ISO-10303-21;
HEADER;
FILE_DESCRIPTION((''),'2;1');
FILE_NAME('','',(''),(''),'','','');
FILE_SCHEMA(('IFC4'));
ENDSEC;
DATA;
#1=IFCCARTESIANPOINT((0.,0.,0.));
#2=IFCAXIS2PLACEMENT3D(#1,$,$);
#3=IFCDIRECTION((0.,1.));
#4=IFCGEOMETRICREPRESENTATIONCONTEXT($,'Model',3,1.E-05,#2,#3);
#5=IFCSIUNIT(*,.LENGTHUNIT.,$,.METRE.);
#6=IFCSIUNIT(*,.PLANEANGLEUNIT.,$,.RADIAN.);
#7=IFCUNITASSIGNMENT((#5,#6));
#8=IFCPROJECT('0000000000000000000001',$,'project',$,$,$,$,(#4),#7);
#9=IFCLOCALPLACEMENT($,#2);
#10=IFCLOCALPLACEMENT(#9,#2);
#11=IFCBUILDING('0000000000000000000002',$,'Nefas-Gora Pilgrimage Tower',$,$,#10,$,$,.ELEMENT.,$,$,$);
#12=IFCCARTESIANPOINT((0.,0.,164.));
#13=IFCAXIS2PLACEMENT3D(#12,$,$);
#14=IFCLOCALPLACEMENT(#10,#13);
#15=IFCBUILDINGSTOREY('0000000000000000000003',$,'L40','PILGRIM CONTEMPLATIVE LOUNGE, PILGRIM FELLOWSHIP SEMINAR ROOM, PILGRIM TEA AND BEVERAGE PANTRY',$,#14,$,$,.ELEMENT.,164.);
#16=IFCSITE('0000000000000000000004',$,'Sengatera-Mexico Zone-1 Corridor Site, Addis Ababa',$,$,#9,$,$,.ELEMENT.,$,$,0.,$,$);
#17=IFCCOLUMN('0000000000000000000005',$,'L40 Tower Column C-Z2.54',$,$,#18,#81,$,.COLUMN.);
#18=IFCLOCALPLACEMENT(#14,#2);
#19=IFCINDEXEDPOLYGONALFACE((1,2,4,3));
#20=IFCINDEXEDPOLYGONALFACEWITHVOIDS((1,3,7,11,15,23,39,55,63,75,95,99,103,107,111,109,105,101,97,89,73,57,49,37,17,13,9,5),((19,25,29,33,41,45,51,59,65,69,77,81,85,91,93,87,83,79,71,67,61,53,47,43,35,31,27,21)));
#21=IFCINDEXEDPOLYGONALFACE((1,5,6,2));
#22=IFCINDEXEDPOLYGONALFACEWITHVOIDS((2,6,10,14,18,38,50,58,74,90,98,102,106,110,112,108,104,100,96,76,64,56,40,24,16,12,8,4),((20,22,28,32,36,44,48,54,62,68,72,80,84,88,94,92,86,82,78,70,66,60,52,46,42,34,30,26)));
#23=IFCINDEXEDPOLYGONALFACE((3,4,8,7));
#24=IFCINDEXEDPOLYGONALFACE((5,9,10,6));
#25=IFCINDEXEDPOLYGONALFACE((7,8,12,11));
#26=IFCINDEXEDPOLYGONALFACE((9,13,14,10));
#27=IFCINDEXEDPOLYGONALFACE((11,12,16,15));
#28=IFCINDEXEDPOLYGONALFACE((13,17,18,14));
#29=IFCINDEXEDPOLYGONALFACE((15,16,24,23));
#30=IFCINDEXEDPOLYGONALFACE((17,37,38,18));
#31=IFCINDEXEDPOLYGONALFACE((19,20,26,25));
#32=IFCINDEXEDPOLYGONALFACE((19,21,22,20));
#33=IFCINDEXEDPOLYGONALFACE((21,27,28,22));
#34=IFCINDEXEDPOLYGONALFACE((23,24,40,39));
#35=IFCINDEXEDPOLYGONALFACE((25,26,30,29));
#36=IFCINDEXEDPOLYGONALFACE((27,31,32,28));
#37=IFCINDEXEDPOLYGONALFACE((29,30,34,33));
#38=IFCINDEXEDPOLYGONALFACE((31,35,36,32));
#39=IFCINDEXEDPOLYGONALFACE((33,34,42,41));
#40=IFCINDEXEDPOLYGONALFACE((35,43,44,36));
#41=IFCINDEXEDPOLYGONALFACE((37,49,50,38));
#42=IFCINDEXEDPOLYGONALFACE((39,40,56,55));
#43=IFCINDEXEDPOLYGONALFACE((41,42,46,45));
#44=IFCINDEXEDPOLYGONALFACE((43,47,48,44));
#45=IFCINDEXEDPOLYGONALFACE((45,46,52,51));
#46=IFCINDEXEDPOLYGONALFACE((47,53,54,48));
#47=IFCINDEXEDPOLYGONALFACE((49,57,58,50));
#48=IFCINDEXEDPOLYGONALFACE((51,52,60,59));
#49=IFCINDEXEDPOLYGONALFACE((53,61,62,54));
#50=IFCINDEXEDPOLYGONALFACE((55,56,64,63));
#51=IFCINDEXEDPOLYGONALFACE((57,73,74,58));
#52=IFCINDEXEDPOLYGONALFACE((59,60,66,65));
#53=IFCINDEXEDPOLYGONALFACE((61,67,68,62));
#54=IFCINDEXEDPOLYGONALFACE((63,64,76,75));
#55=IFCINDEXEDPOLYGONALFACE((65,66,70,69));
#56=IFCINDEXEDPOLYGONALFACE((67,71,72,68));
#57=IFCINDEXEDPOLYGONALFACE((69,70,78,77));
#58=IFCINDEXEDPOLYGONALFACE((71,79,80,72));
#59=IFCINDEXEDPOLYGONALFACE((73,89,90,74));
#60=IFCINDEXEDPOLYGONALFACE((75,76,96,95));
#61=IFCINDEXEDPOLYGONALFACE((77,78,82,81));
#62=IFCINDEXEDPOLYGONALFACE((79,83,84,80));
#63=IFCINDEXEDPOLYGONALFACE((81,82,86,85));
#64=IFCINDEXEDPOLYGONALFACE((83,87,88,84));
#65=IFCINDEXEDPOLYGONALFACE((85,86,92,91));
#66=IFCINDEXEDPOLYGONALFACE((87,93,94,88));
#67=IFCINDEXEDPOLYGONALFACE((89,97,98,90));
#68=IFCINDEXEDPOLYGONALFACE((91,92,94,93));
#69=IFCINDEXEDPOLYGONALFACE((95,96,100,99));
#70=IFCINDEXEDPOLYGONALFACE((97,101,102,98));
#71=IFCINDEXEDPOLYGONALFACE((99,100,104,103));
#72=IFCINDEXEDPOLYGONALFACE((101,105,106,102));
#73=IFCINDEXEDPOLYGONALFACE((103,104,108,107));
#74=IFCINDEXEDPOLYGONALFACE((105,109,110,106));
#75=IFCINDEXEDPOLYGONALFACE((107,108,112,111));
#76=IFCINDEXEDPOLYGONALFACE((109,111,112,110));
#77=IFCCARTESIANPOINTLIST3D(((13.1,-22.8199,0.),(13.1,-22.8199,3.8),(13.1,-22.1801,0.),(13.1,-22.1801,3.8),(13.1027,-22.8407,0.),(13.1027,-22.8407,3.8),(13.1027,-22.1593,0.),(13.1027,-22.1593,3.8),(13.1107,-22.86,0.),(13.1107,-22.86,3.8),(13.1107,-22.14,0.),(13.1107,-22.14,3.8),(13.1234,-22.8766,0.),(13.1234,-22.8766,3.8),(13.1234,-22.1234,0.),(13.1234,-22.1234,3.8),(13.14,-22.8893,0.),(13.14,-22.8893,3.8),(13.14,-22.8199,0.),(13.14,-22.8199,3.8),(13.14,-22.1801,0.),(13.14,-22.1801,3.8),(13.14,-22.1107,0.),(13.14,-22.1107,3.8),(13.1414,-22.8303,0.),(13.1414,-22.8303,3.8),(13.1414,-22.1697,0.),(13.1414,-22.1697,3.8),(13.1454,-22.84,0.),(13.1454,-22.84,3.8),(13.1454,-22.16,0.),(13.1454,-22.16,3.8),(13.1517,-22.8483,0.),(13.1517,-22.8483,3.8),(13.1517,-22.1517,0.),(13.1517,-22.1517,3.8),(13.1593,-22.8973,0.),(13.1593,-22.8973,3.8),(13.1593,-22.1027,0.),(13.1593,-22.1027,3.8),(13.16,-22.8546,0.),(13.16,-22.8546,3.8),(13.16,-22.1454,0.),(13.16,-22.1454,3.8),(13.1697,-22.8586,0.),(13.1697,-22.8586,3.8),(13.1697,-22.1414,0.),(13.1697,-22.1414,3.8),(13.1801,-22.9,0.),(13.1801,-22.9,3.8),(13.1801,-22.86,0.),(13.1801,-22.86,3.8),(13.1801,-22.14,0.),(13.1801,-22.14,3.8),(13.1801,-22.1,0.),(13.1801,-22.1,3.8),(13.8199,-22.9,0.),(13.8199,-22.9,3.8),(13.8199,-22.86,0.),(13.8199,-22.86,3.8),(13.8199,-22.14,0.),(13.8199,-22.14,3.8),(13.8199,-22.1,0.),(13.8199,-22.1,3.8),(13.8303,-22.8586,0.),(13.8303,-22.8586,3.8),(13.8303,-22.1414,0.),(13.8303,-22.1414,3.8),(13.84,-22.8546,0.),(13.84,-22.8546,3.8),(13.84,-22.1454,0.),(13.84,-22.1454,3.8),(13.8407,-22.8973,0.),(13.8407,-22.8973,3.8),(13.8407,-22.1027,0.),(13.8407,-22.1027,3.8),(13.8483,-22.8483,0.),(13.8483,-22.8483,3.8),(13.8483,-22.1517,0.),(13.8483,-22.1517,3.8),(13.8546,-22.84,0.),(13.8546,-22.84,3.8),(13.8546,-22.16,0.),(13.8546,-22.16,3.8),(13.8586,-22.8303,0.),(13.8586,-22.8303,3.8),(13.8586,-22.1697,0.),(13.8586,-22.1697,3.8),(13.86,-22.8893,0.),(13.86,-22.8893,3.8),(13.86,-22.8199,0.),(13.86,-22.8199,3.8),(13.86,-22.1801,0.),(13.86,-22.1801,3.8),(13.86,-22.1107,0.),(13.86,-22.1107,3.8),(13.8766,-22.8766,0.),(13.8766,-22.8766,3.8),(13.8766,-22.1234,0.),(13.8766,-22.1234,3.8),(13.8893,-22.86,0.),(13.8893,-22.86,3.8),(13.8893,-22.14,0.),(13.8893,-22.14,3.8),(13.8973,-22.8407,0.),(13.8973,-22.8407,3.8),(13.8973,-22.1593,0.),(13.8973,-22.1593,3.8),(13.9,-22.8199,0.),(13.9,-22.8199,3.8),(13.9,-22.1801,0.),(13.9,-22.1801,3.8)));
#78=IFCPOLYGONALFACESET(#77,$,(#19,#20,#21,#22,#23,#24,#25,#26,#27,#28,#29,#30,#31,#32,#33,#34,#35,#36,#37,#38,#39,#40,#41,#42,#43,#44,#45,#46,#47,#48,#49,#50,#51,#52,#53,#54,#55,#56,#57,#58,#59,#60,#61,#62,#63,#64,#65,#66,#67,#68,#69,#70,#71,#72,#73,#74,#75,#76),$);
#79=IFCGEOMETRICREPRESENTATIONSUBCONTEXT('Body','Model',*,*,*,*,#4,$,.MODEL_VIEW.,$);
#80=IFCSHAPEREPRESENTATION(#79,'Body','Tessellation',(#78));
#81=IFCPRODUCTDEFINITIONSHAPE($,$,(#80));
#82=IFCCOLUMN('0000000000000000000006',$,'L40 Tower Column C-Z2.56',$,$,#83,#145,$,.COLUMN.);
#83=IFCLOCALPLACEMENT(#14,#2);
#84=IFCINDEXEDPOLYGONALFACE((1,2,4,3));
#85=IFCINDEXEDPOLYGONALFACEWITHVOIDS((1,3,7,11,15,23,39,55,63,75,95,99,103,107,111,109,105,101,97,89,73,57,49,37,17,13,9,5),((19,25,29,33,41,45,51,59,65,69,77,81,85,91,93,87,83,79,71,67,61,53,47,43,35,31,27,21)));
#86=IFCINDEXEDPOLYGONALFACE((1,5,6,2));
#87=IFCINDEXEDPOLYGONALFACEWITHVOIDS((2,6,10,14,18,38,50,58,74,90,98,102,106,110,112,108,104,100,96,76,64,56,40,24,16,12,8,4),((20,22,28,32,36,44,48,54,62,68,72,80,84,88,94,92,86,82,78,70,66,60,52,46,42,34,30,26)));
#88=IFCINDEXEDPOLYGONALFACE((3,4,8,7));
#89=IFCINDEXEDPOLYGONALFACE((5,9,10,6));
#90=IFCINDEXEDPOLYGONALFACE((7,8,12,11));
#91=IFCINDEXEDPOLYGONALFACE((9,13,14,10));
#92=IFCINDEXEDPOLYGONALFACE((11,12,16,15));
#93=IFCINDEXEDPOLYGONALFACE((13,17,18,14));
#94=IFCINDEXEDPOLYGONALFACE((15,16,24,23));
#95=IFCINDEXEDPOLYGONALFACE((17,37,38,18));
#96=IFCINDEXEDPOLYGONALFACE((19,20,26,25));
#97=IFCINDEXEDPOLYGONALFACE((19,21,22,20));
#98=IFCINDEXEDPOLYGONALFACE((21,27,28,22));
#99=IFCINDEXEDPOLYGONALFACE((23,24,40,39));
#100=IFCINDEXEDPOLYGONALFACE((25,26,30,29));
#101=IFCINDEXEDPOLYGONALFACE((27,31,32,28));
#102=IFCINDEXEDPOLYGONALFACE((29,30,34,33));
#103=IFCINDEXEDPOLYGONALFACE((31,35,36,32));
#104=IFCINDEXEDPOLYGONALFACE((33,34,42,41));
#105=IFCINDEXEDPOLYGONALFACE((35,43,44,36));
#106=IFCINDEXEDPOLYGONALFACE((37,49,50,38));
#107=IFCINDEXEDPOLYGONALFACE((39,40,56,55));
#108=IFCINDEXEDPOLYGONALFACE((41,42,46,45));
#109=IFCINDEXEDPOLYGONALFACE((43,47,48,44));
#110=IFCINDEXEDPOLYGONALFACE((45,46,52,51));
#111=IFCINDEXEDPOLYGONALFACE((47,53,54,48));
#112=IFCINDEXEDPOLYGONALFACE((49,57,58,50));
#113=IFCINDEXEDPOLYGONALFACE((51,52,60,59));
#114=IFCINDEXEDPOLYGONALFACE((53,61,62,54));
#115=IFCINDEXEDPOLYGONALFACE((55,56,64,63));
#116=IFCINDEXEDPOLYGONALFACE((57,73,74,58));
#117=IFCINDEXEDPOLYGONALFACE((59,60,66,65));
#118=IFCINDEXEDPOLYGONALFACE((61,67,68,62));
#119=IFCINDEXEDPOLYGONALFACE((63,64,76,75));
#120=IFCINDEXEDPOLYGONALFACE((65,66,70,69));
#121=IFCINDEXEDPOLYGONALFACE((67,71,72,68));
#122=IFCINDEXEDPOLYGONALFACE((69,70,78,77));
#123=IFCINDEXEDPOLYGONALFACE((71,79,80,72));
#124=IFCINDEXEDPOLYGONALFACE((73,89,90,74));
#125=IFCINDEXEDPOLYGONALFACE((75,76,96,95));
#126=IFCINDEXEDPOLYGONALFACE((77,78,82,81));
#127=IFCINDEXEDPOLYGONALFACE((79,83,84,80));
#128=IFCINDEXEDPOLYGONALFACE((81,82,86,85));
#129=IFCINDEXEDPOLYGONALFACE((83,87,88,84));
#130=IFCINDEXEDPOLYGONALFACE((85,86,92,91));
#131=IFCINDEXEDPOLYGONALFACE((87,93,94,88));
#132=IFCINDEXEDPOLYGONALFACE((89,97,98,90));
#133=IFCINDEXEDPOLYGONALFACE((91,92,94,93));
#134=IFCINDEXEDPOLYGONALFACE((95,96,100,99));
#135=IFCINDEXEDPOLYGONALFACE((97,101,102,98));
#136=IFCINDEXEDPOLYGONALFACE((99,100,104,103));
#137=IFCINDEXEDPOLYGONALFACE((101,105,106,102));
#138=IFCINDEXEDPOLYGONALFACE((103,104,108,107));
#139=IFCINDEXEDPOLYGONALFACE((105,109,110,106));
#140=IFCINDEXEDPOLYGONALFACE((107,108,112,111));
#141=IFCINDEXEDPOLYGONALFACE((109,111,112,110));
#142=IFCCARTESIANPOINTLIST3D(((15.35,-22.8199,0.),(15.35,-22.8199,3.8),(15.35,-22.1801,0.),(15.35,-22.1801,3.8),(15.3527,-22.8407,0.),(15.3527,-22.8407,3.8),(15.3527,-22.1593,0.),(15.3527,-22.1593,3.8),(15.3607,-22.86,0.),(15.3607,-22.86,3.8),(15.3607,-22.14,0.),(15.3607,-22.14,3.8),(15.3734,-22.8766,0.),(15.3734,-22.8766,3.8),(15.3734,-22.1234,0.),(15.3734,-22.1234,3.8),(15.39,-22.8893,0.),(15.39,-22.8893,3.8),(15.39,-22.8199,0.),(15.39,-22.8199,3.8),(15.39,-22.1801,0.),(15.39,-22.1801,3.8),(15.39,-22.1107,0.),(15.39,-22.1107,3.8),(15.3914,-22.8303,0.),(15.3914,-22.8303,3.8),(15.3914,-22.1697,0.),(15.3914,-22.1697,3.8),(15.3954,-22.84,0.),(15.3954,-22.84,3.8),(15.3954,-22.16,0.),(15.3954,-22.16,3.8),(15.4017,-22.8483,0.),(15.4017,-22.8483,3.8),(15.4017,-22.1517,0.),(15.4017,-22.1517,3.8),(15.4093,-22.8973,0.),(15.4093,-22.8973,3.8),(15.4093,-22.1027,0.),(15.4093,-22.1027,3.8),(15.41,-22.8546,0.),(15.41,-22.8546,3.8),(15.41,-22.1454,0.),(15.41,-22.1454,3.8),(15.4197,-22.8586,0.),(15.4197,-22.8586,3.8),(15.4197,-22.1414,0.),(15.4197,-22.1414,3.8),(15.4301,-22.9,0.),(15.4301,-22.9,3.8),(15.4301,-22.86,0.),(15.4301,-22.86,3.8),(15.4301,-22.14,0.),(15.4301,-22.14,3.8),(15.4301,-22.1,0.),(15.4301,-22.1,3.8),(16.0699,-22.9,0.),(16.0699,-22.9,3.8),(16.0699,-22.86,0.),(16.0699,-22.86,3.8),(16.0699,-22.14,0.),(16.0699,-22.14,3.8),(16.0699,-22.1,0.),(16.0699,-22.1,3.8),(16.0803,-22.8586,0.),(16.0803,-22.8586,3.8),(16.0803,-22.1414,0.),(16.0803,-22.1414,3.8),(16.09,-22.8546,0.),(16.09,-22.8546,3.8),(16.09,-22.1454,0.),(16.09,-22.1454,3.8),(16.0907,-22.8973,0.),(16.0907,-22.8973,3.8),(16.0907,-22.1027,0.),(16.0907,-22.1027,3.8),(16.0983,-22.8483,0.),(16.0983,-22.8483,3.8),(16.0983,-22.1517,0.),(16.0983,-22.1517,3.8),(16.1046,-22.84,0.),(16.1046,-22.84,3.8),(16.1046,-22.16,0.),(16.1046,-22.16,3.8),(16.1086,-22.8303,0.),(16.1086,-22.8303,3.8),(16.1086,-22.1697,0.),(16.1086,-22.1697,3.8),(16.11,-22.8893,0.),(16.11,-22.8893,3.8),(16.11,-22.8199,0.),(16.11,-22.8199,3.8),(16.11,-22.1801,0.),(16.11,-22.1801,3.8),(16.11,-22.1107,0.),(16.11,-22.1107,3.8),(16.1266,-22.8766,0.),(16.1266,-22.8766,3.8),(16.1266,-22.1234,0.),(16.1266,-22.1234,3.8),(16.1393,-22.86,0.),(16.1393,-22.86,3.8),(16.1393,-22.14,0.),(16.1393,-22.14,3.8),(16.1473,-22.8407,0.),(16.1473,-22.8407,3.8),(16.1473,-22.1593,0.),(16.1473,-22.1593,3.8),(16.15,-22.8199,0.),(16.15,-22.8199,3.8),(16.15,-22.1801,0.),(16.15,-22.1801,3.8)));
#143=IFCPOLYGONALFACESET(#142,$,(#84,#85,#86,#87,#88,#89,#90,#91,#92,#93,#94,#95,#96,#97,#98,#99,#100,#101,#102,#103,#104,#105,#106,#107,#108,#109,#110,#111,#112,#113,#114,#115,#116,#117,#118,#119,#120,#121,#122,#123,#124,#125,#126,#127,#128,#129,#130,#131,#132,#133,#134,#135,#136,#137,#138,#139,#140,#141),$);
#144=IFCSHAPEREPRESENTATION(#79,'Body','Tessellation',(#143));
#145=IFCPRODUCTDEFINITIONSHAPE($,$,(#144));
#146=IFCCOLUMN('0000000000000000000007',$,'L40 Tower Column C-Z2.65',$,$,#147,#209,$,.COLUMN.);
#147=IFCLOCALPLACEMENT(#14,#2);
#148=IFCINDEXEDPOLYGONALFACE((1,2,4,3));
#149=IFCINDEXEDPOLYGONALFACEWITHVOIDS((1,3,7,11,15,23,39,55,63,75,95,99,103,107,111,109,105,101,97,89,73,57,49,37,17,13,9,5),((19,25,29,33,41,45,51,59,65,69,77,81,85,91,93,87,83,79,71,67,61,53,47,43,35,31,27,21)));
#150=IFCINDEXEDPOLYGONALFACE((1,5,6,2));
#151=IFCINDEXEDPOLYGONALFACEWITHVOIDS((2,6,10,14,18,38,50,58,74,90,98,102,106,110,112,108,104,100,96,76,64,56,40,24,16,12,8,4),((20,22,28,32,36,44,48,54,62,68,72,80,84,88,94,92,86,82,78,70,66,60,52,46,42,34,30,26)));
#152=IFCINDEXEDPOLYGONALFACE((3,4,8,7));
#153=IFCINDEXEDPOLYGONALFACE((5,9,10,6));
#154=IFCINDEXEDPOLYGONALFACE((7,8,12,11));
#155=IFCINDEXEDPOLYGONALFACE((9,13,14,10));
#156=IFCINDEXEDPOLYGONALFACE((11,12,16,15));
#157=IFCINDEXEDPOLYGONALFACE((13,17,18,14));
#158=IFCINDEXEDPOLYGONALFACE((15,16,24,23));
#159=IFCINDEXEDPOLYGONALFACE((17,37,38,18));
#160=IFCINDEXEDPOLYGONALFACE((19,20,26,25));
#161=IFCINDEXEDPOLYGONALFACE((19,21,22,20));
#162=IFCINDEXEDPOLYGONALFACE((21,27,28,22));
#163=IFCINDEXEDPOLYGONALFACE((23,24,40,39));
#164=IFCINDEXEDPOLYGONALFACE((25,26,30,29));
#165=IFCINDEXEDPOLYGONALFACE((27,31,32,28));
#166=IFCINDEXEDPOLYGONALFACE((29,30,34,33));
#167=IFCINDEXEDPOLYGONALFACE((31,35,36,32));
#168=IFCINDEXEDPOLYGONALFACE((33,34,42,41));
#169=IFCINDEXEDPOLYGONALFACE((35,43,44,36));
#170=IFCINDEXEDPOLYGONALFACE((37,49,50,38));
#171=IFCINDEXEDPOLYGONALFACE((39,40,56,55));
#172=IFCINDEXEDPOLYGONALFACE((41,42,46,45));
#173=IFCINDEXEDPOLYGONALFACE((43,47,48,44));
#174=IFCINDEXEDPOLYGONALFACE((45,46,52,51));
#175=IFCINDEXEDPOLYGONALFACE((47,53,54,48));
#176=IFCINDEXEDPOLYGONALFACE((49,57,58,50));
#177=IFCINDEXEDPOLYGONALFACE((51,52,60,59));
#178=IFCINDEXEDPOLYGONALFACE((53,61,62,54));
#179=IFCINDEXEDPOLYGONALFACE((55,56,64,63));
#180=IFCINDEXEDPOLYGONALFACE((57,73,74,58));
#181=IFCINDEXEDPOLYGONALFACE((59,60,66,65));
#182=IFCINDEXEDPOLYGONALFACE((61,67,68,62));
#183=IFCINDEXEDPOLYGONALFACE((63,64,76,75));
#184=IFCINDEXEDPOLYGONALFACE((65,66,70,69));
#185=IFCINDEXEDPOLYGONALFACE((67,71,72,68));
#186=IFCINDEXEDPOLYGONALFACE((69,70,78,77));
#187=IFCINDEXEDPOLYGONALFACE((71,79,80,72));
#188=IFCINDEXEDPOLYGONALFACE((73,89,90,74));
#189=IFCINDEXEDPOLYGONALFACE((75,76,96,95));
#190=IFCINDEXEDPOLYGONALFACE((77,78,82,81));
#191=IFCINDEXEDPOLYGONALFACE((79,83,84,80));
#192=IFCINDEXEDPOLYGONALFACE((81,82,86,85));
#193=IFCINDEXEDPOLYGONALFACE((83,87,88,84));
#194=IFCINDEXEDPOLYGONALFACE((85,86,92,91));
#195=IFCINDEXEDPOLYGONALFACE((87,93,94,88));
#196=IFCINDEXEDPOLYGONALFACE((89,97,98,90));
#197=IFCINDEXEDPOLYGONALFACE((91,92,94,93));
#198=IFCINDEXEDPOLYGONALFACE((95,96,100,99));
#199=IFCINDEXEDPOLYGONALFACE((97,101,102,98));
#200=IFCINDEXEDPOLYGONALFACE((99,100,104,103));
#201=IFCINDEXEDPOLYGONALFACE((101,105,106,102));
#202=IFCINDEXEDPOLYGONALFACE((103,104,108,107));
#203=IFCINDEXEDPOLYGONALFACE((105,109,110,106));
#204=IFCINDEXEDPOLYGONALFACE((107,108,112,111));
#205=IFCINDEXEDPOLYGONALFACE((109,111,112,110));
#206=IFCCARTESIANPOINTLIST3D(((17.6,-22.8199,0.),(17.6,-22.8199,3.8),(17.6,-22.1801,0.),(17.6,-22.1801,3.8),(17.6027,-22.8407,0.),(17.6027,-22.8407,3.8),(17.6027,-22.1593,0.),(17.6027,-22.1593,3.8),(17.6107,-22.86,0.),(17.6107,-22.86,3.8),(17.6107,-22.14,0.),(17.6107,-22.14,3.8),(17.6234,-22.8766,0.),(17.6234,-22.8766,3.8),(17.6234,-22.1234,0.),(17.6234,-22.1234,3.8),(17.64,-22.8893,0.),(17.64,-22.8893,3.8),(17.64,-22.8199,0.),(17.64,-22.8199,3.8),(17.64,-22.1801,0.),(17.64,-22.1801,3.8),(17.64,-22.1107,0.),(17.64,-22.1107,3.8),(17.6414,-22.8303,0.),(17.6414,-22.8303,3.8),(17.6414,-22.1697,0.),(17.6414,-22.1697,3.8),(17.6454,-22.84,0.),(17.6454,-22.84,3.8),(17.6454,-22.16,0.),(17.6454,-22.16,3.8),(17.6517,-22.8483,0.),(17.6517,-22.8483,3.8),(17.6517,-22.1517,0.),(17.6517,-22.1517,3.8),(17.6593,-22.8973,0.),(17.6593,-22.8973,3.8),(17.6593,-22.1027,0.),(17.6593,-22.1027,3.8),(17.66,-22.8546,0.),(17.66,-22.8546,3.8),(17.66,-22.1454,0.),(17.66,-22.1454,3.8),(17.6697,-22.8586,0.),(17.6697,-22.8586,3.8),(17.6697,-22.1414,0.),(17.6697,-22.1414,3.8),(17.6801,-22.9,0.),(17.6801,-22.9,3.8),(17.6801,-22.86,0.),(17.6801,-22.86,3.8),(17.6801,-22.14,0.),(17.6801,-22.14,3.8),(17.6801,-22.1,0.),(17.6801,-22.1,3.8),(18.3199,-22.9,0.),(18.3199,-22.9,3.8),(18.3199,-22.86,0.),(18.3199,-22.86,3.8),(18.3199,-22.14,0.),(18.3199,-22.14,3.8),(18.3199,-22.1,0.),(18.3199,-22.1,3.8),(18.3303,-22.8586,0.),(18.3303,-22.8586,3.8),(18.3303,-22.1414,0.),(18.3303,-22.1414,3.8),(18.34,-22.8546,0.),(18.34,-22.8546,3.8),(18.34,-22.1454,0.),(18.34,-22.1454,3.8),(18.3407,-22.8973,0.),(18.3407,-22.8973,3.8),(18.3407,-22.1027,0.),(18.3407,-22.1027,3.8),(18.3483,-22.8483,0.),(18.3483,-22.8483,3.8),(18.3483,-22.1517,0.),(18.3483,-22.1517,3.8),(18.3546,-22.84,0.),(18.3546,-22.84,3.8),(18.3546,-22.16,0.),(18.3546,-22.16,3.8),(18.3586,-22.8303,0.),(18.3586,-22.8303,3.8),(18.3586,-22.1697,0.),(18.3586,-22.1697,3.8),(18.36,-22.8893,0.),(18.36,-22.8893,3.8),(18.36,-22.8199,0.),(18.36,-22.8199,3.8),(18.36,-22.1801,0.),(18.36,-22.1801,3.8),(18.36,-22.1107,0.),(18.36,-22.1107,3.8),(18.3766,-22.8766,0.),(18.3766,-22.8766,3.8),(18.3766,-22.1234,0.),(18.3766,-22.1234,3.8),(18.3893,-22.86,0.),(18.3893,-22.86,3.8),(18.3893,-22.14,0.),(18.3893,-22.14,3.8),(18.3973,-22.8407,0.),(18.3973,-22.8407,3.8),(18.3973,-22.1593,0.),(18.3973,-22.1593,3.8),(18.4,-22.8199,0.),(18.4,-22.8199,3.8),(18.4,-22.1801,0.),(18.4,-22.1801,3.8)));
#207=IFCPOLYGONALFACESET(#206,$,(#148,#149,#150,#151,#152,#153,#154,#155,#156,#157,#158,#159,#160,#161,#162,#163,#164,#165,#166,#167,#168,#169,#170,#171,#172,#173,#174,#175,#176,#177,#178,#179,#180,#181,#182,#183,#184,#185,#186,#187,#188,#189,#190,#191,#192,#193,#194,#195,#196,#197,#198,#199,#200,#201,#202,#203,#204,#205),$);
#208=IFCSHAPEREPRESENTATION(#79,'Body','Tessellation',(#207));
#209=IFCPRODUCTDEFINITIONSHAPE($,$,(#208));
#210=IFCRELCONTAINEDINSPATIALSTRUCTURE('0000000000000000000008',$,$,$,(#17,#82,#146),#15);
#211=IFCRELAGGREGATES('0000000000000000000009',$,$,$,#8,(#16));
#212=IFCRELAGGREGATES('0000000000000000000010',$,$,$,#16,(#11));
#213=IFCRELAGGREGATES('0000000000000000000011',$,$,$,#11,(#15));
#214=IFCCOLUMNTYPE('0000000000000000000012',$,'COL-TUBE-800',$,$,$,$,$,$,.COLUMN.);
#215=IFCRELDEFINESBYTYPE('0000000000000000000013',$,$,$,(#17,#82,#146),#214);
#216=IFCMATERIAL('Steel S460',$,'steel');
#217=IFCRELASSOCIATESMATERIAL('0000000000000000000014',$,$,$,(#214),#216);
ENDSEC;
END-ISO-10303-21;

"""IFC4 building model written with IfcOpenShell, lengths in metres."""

from ifc_helpers import new_model, si_unit, direction, frame, origin, origin_2d, place, context, subcontext, project, spatial, hollow_rectangle, extrude, source, transform, mapped, material, material_profile, profile_set, type_object, element, save


model = new_model("IFC4")

# Units and contexts
model_context = context("Model", 3, precision=1e-05, world=origin(), true_north=direction((0.0, 1.0)))
body_context = subcontext(model_context, "Body", "Model", "MODEL_VIEW")
ifc_project = project(units=[si_unit("LENGTHUNIT", "METRE"), si_unit("PLANEANGLEUNIT", "RADIAN")], contexts=[model_context])

# Site, building, storey
site_placement = place(None, origin())
site = spatial("IfcSite", under=ifc_project, at=site_placement, Name="Sengatera-Mexico Zone-1 Corridor Site, Addis Ababa", CompositionType="ELEMENT", RefElevation=0.0)
building_placement = place(site_placement, origin())
building = spatial("IfcBuilding", under=site, at=building_placement, Name="Nefas-Gora Pilgrimage Tower", CompositionType="ELEMENT")
storey_placement = place(building_placement, frame((0.0, 0.0, 164.0)))
storey = spatial("IfcBuildingStorey", under=building, at=storey_placement, Name="L40", Description="PILGRIM CONTEMPLATIVE LOUNGE, PILGRIM FELLOWSHIP SEMINAR ROOM, PILGRIM TEA AND BEVERAGE PANTRY", CompositionType="ELEMENT", Elevation=164.0)

# Columns
ifc_material_1 = material(Name="Steel S460", Category="steel")
ifc_material_profile_1 = material_profile(ifc_material_1, hollow_rectangle(XDim=0.8, YDim=0.8, WallThickness=0.04, InnerFilletRadius=0.04, OuterFilletRadius=0.0801, at=origin_2d()), Name="BOX 800x800x40")
ifc_profile_set_1 = profile_set([ifc_material_profile_1], Name="Steel S460")
column_type_1 = type_object("IfcColumnType", Name="COL-TUBE-800", PredefinedType="COLUMN", material=ifc_profile_set_1)
shared_shape_1 = source(origin(), body_context, "Body", "SweptSolid", [
    extrude(hollow_rectangle(XDim=0.8, YDim=0.8, WallThickness=0.04, InnerFilletRadius=0.04, OuterFilletRadius=0.0801, at=origin_2d()), origin(), (0.0, 0.0, 1.0), 3.8),
])
for number, where, z_axis, x_axis, name in (
    (1, (13.5, -22.5, 0.0), (0.0, 0.0, 1.0), (1.0, 0.0, 0.0), "L40 Tower Column C-Z2.54"),
    (2, (15.75, -22.5, 0.0), (0.0, 0.0, 1.0), (1.0, 0.0, 0.0), "L40 Tower Column C-Z2.56"),
    (3, (18.0, -22.5, 0.0), (0.0, 0.0, 1.0), (1.0, 0.0, 0.0), "L40 Tower Column C-Z2.65"),
):
    element("IfcColumn", number, at=place(storey_placement, frame(where, z_axis=z_axis, x_axis=x_axis)), inside=storey, type_object=column_type_1, Name=name, PredefinedType="COLUMN", context=body_context, shape_type="MappedRepresentation", body=[
        mapped(shared_shape_1, transform((0.0, 0.0, 0.0), x_axis=(1.0, 0.0, 0.0), y_axis=(0.0, 1.0, 0.0), z_axis=(0.0, 0.0, 1.0), scale=1.0)),
    ])

save(model, "model.ifc")
